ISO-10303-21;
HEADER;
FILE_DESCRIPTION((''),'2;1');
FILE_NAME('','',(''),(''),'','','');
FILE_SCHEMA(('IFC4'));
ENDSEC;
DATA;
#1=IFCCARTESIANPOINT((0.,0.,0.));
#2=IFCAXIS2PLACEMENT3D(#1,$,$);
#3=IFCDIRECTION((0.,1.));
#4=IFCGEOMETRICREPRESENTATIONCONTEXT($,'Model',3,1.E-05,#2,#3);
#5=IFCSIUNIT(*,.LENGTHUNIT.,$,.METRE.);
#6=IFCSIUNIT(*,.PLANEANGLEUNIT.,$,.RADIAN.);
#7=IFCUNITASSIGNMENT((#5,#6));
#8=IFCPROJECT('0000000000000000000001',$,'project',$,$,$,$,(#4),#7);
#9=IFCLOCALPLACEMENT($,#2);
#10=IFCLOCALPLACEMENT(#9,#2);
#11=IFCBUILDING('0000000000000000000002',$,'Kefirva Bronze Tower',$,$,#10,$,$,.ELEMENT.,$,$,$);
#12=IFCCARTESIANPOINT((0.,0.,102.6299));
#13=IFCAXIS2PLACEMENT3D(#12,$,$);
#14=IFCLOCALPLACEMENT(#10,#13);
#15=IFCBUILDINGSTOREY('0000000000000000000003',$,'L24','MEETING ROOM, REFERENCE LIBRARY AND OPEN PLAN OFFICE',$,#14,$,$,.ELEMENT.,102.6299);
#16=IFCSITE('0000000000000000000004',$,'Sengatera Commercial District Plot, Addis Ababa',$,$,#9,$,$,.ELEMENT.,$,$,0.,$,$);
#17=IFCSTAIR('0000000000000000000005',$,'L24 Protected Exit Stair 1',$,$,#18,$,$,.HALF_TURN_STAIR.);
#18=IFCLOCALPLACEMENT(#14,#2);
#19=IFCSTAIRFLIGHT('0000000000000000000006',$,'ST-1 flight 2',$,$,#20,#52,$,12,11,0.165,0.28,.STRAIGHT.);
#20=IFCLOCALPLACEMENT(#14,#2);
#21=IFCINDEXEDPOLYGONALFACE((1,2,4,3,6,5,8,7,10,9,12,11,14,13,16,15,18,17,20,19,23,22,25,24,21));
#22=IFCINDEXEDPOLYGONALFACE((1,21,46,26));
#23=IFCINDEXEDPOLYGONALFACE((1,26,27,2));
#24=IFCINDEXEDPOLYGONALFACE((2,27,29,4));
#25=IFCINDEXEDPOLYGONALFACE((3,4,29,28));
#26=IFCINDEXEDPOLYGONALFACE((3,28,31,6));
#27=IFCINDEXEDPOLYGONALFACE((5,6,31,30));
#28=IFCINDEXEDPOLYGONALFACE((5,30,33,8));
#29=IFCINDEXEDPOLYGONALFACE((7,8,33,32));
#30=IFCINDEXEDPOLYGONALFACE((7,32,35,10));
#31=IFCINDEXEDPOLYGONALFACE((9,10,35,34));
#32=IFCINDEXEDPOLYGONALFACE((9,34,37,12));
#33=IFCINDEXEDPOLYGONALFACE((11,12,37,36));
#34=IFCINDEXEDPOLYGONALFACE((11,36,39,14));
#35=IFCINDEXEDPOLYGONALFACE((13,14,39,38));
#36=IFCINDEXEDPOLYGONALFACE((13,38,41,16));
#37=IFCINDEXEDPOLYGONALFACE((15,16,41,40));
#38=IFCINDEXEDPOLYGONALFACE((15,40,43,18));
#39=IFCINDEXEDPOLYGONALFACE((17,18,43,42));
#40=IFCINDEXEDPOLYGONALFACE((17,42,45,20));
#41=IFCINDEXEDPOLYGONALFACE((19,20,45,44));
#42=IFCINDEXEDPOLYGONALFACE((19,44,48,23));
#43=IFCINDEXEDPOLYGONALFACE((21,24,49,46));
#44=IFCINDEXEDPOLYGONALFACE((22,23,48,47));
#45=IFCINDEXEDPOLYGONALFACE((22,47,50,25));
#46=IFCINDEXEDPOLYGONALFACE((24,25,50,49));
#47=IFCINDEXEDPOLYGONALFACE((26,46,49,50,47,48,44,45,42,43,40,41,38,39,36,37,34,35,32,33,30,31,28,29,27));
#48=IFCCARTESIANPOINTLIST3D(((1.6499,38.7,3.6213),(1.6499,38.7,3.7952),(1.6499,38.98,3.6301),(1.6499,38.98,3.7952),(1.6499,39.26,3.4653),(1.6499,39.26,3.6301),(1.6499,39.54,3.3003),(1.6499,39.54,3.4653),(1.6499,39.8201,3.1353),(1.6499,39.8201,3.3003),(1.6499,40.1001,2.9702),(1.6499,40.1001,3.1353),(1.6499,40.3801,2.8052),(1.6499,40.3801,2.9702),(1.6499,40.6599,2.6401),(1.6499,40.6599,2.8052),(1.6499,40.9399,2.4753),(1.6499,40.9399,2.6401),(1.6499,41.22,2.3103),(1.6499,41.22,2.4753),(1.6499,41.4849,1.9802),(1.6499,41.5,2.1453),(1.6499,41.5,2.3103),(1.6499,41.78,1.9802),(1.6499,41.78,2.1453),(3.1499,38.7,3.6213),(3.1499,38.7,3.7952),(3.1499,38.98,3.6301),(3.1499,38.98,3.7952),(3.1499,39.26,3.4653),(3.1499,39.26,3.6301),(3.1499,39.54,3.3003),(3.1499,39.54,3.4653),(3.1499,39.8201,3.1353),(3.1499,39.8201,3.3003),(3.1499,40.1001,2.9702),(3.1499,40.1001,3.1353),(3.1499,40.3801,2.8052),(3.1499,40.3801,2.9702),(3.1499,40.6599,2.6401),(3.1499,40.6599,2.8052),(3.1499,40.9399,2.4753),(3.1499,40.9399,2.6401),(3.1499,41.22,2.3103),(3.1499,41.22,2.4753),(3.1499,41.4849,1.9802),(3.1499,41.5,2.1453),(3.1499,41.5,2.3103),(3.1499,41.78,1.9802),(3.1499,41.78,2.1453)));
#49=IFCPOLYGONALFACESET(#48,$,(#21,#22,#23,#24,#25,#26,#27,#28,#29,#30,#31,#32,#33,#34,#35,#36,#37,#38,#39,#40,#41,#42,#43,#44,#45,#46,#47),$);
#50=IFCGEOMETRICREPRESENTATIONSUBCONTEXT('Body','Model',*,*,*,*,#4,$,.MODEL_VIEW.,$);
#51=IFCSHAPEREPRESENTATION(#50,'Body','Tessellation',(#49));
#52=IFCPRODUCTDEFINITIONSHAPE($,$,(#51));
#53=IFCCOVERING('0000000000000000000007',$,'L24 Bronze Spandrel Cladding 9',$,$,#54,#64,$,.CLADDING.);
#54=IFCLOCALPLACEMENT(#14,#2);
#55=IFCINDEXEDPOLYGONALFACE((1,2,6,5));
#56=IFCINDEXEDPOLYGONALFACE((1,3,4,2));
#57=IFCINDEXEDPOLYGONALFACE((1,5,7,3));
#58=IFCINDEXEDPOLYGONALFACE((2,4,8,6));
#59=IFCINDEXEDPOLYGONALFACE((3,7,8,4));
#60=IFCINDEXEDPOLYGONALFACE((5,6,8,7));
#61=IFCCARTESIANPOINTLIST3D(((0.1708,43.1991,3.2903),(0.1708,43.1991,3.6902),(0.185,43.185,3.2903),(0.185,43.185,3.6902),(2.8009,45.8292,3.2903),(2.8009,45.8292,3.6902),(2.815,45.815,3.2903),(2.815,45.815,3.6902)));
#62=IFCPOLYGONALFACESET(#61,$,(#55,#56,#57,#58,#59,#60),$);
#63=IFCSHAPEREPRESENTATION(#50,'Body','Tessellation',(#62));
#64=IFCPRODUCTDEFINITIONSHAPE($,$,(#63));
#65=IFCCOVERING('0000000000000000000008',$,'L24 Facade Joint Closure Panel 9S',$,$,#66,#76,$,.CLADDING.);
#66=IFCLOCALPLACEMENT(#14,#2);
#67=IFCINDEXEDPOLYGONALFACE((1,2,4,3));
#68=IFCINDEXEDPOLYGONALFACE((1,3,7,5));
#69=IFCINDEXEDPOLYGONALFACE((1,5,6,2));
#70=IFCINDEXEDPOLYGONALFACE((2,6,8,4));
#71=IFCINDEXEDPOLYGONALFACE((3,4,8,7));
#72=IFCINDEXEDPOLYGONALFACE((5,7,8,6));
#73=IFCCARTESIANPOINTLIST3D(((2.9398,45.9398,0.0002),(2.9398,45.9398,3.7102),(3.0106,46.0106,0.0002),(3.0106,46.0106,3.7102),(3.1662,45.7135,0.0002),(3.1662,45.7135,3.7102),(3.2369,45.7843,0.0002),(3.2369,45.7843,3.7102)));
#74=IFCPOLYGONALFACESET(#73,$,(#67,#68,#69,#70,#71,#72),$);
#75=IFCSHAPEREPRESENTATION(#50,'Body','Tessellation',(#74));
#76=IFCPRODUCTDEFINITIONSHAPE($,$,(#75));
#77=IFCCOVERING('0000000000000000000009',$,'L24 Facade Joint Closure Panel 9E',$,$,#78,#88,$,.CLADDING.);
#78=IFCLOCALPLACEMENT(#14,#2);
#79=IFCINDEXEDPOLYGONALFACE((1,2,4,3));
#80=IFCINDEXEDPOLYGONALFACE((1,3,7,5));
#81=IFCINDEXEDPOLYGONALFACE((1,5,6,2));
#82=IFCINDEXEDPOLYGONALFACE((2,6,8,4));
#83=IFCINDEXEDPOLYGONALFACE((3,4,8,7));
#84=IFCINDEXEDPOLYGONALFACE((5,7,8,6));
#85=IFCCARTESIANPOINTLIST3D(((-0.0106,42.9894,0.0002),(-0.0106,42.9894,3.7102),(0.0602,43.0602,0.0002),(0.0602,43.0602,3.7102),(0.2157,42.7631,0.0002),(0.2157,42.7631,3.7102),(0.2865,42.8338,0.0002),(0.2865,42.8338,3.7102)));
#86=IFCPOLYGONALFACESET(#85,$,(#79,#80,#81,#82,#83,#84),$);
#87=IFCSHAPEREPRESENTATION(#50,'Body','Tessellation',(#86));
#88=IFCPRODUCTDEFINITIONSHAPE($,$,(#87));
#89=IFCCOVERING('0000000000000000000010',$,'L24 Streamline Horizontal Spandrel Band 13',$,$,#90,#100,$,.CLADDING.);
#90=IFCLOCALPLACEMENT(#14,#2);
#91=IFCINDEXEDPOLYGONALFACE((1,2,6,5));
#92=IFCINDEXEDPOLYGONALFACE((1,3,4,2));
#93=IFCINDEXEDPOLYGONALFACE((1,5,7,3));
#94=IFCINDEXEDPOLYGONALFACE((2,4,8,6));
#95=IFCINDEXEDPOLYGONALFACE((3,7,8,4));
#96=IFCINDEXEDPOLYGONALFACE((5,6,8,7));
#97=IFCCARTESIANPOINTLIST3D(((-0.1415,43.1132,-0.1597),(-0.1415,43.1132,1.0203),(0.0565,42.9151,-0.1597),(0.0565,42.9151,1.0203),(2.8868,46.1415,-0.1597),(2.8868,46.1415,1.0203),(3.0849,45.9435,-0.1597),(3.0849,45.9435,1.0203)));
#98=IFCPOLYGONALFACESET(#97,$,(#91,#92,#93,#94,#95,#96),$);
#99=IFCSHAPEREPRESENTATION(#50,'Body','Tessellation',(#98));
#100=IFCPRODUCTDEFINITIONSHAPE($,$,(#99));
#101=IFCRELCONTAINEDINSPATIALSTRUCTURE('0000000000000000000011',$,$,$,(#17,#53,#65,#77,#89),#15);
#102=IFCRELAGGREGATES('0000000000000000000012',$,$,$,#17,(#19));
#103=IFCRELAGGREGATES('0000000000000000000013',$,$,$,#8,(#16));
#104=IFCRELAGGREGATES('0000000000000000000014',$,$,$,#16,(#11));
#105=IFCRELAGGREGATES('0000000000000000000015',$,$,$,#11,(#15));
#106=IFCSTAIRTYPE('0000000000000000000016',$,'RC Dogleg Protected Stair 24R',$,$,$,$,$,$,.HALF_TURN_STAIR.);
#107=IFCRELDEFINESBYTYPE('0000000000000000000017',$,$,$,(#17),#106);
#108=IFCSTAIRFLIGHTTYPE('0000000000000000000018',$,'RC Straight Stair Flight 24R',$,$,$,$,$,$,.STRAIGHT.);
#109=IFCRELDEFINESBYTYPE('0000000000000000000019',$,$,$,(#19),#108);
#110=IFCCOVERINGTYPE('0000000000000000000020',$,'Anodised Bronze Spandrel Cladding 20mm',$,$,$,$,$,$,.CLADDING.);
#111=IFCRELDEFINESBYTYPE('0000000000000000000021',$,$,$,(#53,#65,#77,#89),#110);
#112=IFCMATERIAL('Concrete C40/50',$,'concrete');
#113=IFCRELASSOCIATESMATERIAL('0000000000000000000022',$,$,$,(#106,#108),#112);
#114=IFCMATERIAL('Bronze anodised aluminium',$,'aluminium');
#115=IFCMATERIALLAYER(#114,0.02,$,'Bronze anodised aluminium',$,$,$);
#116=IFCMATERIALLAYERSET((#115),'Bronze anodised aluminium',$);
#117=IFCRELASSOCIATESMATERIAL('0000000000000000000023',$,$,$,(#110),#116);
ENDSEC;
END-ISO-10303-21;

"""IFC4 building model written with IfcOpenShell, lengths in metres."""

from ifc_helpers import new_model, si_unit, direction, frame, origin, origin_2d, place, context, subcontext, project, spatial, polyline, rectangle, outline, extrude, material, layer, layer_set, type_object, element, aggregate, save


model = new_model("IFC4")

# Units and contexts
model_context = context("Model", 3, precision=1e-05, world=origin(), true_north=direction((0.0, 1.0)))
body_context = subcontext(model_context, "Body", "Model", "MODEL_VIEW")
ifc_project = project(units=[si_unit("LENGTHUNIT", "METRE"), si_unit("PLANEANGLEUNIT", "RADIAN")], contexts=[model_context])

# Site, building, storey
site_placement = place(None, origin())
site = spatial("IfcSite", under=ifc_project, at=site_placement, Name="Sengatera Commercial District Plot, Addis Ababa", CompositionType="ELEMENT", RefElevation=0.0)
building_placement = place(site_placement, origin())
building = spatial("IfcBuilding", under=site, at=building_placement, Name="Kefirva Bronze Tower", CompositionType="ELEMENT")
storey_placement = place(building_placement, frame((0.0, 0.0, 102.6299)))
storey = spatial("IfcBuildingStorey", under=building, at=storey_placement, Name="L24", Description="MEETING ROOM, REFERENCE LIBRARY AND OPEN PLAN OFFICE", CompositionType="ELEMENT", Elevation=102.6299)

# Shared definitions
ifc_material_1 = material(Name="Bronze anodised aluminium", Category="aluminium")

# Stair, stair flight
ifc_material_2 = material(Name="Concrete C40/50", Category="concrete")
stair_type = type_object("IfcStairType", Name="RC Dogleg Protected Stair 24R", PredefinedType="HALF_TURN_STAIR", material=ifc_material_2)
stair_placement = place(storey_placement, origin())
stair = element("IfcStair", 1, at=stair_placement, inside=storey, type_object=stair_type, Name="L24 Protected Exit Stair 1", PredefinedType="HALF_TURN_STAIR")
stair_flight_type = type_object("IfcStairFlightType", Name="RC Straight Stair Flight 24R", PredefinedType="STRAIGHT", material=ifc_material_2)
stair_flight_1_placement = place(storey_placement, frame((2.3999, 41.78, 1.9802), z_axis=(0.0, 0.0, 1.0), x_axis=(0.0, -1.0, 0.0)))
stair_flight_1 = element("IfcStairFlight", 2, at=stair_flight_1_placement, type_object=stair_flight_type, Name="ST-1 flight 2", NumberOfRisers=12, NumberOfTreads=11, PredefinedType="STRAIGHT", RiserHeight=0.165, TreadLength=0.28, context=body_context, shape_type="SweptSolid", body=[
    extrude(outline(polyline([(0.0, 0.0), (0.0, 0.165), (0.28, 0.165), (0.28, 0.3301), (0.5601, 0.3301), (0.5601, 0.4951), (0.8401, 0.4951), (0.8401, 0.6599), (1.1201, 0.6599), (1.1201, 0.825), (1.3999, 0.825), (1.3999, 0.99), (1.6799, 0.99), (1.6799, 1.155), (1.96, 1.155), (1.96, 1.3201), (2.24, 1.3201), (2.24, 1.4851), (2.52, 1.4851), (2.52, 1.6499), (2.8, 1.6499), (2.8, 1.8149), (3.0801, 1.8149), (3.0801, 1.98), (3.0801, 1.6411), (0.2952, 0.0), (0.0, 0.0)])), frame((0.0, 0.75, 0.0), z_axis=(0.0, -1.0, 0.0), x_axis=(1.0, 0.0, 0.0)), (0.0, 0.0, 1.0), 1.5),
])
aggregate(stair, [stair_flight_1])

# Coverings
ifc_layer_1 = layer(ifc_material_1, 0.02, Name="Bronze anodised aluminium")
ifc_layer_set_1 = layer_set([ifc_layer_1], Name="Bronze anodised aluminium")
covering_type_1 = type_object("IfcCoveringType", Name="Anodised Bronze Spandrel Cladding 20mm", PredefinedType="CLADDING", material=ifc_layer_set_1)
covering_1_placement = place(storey_placement, frame((1.4929, 44.5071, 3.2903), z_axis=(0.0, 0.0, 1.0), x_axis=(-0.707107, -0.707107, 0.0)))
element("IfcCovering", 3, at=covering_1_placement, inside=storey, type_object=covering_type_1, Name="L24 Bronze Spandrel Cladding 9", PredefinedType="CLADDING", context=body_context, shape_type="SweptSolid", body=[
    extrude(rectangle(XDim=3.7195, YDim=0.02, at=origin_2d()), origin(), (0.0, 0.0, 1.0), 0.3999),
])
for number, where, z_axis, x_axis, name in (
    (4, (3.0884, 45.8621, 0.0002), (0.0, 0.0, 1.0), (-0.707107, -0.707107, 0.0), "L24 Facade Joint Closure Panel 9S"),
    (5, (0.1379, 42.9116, 0.0002), (0.0, 0.0, 1.0), (-0.707107, -0.707107, 0.0), "L24 Facade Joint Closure Panel 9E"),
):
    element("IfcCovering", number, at=place(storey_placement, frame(where, z_axis=z_axis, x_axis=x_axis)), inside=storey, type_object=covering_type_1, Name=name, PredefinedType="CLADDING", context=body_context, shape_type="SweptSolid", body=[
        extrude(rectangle(XDim=0.1001, YDim=0.3201, at=origin_2d()), origin(), (0.0, 0.0, 1.0), 3.71),
    ])
covering_2_placement = place(storey_placement, frame((1.4717, 44.5283, -0.1597), z_axis=(0.0, 0.0, 1.0), x_axis=(-0.707107, -0.707107, 0.0)))
element("IfcCovering", 6, at=covering_2_placement, inside=storey, type_object=covering_type_1, Name="L24 Streamline Horizontal Spandrel Band 13", PredefinedType="CLADDING", context=body_context, shape_type="SweptSolid", body=[
    extrude(rectangle(XDim=4.2827, YDim=0.28, at=origin_2d()), origin(), (0.0, 0.0, 1.0), 1.1799),
])

save(model, "model.ifc")
